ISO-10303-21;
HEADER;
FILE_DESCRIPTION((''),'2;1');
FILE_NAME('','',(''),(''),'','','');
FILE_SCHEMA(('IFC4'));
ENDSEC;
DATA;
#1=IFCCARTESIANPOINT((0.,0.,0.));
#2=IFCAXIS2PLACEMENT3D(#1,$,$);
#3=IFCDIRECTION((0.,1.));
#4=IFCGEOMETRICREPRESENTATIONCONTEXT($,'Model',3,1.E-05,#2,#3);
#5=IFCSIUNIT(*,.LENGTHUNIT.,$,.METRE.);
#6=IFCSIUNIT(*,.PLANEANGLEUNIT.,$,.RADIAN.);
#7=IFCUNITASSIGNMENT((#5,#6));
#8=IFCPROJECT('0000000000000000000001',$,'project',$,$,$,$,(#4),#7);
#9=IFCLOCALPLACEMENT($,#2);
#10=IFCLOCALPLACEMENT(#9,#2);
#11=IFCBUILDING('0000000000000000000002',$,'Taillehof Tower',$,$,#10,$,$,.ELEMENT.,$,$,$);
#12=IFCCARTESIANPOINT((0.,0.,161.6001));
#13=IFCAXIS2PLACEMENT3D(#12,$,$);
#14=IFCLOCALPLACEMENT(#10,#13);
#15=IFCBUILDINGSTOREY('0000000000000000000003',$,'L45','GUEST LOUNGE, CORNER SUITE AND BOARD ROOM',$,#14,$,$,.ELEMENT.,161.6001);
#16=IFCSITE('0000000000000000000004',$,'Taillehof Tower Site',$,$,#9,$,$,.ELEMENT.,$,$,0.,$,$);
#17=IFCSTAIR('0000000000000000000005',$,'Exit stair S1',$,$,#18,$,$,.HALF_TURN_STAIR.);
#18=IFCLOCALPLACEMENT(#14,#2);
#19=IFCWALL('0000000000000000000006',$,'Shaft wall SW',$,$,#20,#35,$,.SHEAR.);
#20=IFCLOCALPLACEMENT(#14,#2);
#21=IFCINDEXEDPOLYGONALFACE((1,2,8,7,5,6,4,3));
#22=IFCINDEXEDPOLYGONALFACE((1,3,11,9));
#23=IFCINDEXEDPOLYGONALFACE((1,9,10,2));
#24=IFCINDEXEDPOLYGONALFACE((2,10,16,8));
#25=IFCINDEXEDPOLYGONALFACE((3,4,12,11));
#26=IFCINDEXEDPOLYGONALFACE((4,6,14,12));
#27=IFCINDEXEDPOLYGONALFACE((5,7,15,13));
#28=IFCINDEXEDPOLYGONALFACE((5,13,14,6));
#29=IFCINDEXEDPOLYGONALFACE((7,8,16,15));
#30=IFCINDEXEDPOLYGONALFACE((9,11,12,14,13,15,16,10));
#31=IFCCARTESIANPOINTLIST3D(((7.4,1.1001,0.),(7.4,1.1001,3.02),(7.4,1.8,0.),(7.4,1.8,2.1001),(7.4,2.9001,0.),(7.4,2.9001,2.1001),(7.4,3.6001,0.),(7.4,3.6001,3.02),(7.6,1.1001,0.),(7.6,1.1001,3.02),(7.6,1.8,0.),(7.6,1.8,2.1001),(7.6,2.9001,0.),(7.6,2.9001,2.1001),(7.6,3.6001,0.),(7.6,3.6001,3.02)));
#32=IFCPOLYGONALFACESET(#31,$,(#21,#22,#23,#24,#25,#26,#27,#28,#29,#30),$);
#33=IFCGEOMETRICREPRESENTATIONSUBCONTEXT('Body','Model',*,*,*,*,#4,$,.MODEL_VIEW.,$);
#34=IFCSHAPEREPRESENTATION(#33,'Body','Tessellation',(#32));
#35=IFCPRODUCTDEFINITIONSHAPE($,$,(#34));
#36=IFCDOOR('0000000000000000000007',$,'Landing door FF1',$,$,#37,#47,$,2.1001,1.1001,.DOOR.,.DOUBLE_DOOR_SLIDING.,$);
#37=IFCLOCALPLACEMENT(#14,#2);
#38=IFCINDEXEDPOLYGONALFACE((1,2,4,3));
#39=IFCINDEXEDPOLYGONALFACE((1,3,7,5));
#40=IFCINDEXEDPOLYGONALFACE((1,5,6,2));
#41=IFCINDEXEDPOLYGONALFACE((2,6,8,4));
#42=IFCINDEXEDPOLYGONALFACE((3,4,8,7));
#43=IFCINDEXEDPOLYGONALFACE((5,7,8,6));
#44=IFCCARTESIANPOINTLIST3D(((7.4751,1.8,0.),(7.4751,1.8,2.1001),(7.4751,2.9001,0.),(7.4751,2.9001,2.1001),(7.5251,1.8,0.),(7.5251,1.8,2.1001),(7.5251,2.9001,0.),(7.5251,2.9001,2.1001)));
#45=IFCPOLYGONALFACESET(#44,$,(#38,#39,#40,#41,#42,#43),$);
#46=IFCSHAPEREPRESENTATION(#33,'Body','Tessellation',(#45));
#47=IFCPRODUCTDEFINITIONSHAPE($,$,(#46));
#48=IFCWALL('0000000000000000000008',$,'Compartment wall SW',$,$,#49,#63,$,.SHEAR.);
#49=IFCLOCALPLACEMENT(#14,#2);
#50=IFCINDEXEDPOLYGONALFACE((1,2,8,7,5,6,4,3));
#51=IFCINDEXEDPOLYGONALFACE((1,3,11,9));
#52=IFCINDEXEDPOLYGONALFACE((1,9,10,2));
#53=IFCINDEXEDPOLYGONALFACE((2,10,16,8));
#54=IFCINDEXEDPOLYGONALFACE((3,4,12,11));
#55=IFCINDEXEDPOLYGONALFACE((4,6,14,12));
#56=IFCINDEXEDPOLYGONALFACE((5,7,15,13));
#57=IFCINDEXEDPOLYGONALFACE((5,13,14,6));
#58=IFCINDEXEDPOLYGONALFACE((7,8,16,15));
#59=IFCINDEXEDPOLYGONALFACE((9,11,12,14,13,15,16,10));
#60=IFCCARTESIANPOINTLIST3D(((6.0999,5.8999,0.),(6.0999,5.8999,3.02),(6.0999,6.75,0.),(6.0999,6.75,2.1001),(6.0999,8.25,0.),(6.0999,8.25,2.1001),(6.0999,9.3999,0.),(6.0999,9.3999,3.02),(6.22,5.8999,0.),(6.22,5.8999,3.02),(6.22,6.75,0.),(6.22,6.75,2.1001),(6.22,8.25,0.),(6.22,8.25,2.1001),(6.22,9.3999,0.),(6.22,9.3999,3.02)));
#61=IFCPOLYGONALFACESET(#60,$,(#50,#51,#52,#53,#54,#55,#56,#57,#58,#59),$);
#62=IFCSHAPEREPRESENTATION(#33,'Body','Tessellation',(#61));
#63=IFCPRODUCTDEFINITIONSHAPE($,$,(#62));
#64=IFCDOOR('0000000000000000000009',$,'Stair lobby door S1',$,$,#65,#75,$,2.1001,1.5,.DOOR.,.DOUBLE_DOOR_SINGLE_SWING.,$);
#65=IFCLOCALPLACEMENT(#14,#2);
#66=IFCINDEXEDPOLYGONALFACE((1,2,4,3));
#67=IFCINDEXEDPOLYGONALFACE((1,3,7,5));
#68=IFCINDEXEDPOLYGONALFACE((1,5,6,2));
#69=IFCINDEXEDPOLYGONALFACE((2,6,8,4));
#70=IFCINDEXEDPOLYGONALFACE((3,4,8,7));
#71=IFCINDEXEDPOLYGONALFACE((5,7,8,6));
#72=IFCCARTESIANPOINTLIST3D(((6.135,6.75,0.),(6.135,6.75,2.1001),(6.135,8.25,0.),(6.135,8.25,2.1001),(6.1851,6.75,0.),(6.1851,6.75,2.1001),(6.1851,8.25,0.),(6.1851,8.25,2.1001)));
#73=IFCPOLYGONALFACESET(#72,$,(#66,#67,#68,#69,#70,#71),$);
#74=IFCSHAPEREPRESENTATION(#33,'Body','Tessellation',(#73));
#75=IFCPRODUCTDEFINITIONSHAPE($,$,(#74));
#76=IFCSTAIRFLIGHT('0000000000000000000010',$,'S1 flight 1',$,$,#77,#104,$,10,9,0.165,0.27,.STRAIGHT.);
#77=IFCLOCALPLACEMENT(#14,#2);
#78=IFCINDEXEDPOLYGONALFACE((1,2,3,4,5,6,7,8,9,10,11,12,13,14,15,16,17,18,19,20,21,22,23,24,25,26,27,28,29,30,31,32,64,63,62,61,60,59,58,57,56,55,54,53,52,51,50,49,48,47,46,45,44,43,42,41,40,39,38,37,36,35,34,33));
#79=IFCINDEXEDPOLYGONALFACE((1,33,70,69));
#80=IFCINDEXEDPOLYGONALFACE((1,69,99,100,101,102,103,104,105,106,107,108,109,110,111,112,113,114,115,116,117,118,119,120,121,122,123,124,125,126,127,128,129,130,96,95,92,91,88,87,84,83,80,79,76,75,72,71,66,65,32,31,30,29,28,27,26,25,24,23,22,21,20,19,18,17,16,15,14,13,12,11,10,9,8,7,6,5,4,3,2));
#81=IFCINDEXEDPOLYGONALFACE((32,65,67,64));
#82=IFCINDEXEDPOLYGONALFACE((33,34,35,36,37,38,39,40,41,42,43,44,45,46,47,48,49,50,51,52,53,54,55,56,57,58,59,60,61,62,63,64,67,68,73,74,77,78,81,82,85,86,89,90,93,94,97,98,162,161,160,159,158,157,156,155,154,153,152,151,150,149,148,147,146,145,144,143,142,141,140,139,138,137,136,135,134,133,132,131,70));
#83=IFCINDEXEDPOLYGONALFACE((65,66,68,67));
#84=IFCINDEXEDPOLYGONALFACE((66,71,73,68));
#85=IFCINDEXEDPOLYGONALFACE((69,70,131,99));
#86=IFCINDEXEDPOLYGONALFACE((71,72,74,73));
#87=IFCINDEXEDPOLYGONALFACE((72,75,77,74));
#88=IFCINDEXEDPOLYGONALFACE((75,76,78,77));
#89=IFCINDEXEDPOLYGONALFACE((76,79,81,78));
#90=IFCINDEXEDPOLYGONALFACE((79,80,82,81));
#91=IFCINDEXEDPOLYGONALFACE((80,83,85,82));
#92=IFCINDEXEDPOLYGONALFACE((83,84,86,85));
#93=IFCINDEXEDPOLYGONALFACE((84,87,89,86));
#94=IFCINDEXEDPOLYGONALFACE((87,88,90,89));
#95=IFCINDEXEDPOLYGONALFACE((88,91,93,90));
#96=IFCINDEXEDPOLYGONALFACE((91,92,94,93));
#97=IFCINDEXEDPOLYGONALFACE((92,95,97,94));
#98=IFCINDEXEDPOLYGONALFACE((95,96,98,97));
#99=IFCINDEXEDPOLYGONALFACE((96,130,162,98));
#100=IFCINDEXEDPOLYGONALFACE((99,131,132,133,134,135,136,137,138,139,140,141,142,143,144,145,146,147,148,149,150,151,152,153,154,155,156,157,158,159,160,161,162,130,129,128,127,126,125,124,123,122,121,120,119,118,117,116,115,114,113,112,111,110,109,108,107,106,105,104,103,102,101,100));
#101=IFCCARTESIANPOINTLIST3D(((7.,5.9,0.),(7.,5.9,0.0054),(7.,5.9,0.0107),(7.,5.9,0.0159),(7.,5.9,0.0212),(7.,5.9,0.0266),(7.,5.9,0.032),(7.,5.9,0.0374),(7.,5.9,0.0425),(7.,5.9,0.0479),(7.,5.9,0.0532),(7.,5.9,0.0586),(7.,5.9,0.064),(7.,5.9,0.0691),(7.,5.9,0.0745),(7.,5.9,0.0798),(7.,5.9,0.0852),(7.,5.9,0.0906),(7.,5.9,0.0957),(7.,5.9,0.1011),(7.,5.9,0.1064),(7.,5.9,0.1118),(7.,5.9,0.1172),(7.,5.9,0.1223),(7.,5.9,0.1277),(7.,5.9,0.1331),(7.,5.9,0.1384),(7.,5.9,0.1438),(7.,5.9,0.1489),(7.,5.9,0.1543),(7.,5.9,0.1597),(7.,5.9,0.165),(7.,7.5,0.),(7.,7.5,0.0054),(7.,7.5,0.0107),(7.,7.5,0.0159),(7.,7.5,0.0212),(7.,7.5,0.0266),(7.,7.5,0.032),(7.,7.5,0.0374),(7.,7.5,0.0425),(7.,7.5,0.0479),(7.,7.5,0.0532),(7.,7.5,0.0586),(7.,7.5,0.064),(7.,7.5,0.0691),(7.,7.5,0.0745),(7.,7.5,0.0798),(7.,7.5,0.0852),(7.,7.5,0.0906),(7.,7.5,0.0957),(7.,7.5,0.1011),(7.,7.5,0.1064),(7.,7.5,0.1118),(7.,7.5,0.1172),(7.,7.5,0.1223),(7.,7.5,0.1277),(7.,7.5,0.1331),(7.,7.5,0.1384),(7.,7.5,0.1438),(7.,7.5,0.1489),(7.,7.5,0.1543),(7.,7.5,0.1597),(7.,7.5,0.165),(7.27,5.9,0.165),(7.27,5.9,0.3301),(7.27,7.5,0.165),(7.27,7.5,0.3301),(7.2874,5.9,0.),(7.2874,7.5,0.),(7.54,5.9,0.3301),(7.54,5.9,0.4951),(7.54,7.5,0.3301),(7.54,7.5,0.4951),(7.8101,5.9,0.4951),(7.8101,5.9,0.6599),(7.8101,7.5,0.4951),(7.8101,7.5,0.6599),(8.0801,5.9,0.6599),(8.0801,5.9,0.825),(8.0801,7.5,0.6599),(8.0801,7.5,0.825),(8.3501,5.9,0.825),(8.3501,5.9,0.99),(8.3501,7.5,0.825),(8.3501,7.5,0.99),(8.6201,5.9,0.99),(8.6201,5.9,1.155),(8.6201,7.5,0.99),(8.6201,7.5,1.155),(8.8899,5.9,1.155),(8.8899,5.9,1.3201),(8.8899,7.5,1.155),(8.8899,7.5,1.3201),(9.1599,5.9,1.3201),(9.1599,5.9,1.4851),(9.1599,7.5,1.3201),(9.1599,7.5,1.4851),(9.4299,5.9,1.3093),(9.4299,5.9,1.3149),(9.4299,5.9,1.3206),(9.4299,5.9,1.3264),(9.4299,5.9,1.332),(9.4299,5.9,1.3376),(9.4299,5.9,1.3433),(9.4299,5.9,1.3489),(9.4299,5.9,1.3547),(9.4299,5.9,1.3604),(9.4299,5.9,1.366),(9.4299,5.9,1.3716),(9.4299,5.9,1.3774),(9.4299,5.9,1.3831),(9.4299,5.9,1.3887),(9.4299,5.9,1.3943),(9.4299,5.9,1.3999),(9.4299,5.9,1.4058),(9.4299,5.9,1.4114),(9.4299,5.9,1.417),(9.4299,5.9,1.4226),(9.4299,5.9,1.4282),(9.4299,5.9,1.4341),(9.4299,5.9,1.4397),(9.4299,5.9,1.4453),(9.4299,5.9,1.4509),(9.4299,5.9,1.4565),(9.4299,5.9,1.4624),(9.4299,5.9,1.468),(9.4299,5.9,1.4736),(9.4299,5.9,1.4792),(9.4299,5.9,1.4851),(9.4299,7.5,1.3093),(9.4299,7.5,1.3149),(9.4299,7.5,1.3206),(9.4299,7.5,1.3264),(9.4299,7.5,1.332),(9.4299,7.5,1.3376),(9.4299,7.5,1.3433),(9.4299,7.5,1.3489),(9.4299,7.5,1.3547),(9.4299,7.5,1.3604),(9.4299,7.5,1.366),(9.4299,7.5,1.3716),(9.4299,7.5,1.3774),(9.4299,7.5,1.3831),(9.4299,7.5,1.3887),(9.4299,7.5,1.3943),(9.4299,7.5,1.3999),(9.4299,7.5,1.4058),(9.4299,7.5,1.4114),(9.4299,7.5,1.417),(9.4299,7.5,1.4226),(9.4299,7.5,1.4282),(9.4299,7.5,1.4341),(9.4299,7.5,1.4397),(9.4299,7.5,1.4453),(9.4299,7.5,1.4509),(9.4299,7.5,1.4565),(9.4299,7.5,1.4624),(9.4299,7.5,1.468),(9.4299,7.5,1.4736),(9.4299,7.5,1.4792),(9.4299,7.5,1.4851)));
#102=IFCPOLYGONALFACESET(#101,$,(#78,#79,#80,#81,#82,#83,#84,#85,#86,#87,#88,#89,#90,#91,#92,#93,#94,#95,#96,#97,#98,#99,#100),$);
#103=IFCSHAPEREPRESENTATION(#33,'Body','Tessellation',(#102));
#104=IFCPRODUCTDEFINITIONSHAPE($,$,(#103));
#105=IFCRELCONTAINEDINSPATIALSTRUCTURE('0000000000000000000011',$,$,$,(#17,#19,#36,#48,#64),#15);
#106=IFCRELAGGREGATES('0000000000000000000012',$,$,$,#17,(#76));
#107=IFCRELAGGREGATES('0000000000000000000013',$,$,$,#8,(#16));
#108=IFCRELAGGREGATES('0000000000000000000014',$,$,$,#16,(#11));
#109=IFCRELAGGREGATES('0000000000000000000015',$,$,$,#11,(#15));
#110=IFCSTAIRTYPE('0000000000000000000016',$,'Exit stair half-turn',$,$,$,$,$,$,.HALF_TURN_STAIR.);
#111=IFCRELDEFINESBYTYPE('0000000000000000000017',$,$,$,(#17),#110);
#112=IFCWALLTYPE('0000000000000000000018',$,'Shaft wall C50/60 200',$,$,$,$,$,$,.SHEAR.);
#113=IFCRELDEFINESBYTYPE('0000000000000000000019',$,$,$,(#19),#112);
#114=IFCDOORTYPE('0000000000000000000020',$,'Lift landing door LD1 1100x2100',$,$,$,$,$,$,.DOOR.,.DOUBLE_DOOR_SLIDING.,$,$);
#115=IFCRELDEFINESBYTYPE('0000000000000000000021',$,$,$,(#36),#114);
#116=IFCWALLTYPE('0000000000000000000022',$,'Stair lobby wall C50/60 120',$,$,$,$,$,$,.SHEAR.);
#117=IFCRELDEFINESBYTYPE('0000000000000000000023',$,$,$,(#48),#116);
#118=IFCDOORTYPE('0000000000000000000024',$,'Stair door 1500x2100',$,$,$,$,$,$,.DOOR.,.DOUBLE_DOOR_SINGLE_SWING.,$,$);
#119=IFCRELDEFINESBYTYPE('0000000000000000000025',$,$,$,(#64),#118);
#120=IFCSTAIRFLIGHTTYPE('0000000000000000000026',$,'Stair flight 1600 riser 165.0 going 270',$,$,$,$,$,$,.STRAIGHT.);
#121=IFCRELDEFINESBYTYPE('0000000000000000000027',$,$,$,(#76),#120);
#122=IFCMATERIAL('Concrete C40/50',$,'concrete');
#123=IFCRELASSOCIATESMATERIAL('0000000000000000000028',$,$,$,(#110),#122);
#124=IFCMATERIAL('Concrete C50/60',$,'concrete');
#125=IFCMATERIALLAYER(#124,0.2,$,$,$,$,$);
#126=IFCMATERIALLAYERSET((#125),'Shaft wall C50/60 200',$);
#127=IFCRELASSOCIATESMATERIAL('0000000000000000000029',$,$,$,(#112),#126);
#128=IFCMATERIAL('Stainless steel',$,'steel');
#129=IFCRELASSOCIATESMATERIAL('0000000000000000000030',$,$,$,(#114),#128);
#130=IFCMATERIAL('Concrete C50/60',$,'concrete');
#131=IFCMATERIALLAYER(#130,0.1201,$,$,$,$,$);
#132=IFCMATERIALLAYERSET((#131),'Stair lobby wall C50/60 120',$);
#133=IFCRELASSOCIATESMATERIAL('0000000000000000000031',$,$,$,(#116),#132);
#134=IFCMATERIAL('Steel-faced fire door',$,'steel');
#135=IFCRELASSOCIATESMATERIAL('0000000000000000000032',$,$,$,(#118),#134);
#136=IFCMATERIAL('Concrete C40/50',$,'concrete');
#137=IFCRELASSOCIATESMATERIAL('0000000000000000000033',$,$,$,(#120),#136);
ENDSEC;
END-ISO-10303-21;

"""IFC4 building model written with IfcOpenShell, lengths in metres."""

from ifc_helpers import new_model, si_unit, direction, frame, frame_2d, origin, place, context, subcontext, project, spatial, polyline, rectangle, outline, extrude, material, layer, layer_set, type_object, element, fill, aggregate, save


model = new_model("IFC4")

# Units and contexts
model_context = context("Model", 3, precision=1e-05, world=origin(), true_north=direction((0.0, 1.0)))
body_context = subcontext(model_context, "Body", "Model", "MODEL_VIEW")
ifc_project = project(units=[si_unit("LENGTHUNIT", "METRE"), si_unit("PLANEANGLEUNIT", "RADIAN")], contexts=[model_context])

# Site, building, storey
site_placement = place(None, origin())
site = spatial("IfcSite", under=ifc_project, at=site_placement, Name="Taillehof Tower Site", CompositionType="ELEMENT", RefElevation=0.0)
building_placement = place(site_placement, origin())
building = spatial("IfcBuilding", under=site, at=building_placement, Name="Taillehof Tower", CompositionType="ELEMENT")
storey_placement = place(building_placement, frame((0.0, 0.0, 161.6001)))
storey = spatial("IfcBuildingStorey", under=building, at=storey_placement, Name="L45", Description="GUEST LOUNGE, CORNER SUITE AND BOARD ROOM", CompositionType="ELEMENT", Elevation=161.6001)

# Stair
ifc_material_1 = material(Name="Concrete C40/50", Category="concrete")
stair_type = type_object("IfcStairType", Name="Exit stair half-turn", PredefinedType="HALF_TURN_STAIR", material=ifc_material_1)
stair_1_placement = place(storey_placement, origin())
stair_1 = element("IfcStair", 1, at=stair_1_placement, inside=storey, type_object=stair_type, Name="Exit stair S1", PredefinedType="HALF_TURN_STAIR")

# Shared definitions
ifc_material_2 = material(Name="Concrete C50/60", Category="concrete")
ifc_layer_1 = layer(ifc_material_2, 0.2)
ifc_layer_set_1 = layer_set([ifc_layer_1], Name="Shaft wall C50/60 200")
wall_type_1 = type_object("IfcWallType", Name="Shaft wall C50/60 200", PredefinedType="SHEAR", material=ifc_layer_set_1)
ifc_material_3 = material(Name="Stainless steel", Category="steel")
door_type_1 = type_object("IfcDoorType", Name="Lift landing door LD1 1100x2100", OperationType="DOUBLE_DOOR_SLIDING", PredefinedType="DOOR", material=ifc_material_3)

# Walls, openings, doors
wall_1_placement = place(storey_placement, frame((7.5, 1.1001, 0.0), z_axis=(0.0, 0.0, 1.0), x_axis=(0.0, 1.0, 0.0)))
wall_1 = element("IfcWall", 2, at=wall_1_placement, inside=storey, type_object=wall_type_1, Name="Shaft wall SW", PredefinedType="SHEAR", context=body_context, shape_type="SweptSolid", body=[
    extrude(rectangle(XDim=2.5, YDim=0.2, at=frame_2d((1.25, 0.0))), origin(), (0.0, 0.0, 1.0), 3.02),
])
opening_1_placement = place(wall_1_placement, frame((0.7, 0.0, 0.0)))
opening_1 = element("IfcOpeningElement", 3, at=opening_1_placement, cuts=wall_1, PredefinedType="OPENING", context=body_context, shape_type="SweptSolid", body=[
    extrude(rectangle(XDim=1.1001, YDim=2.1001, at=frame_2d((0.55, 1.05))), frame((0.0, 0.1099, 0.0), z_axis=(0.0, -1.0, 0.0), x_axis=(1.0, 0.0, 0.0)), (0.0, 0.0, 1.0), 0.22),
])
door_1_placement = place(opening_1_placement, origin())
door_1 = element("IfcDoor", 4, at=door_1_placement, inside=storey, type_object=door_type_1, Name="Landing door FF1", OperationType="DOUBLE_DOOR_SLIDING", OverallHeight=2.1001, OverallWidth=1.1001, PredefinedType="DOOR", context=body_context, shape_type="SweptSolid", body=[
    extrude(rectangle(XDim=1.1001, YDim=2.1001, at=frame_2d((0.55, 1.05))), frame((0.0, 0.0249, 0.0), z_axis=(0.0, -1.0, 0.0), x_axis=(1.0, 0.0, 0.0)), (0.0, 0.0, 1.0), 0.05),
])
fill(opening_1, door_1)
ifc_material_4 = material(Name="Concrete C50/60", Category="concrete")
ifc_layer_2 = layer(ifc_material_4, 0.1201)
ifc_layer_set_2 = layer_set([ifc_layer_2], Name="Stair lobby wall C50/60 120")
wall_type_2 = type_object("IfcWallType", Name="Stair lobby wall C50/60 120", PredefinedType="SHEAR", material=ifc_layer_set_2)
wall_2_placement = place(storey_placement, frame((6.1599, 5.8999, 0.0), z_axis=(0.0, 0.0, 1.0), x_axis=(0.0, 1.0, 0.0)))
wall_2 = element("IfcWall", 5, at=wall_2_placement, inside=storey, type_object=wall_type_2, Name="Compartment wall SW", PredefinedType="SHEAR", context=body_context, shape_type="SweptSolid", body=[
    extrude(rectangle(XDim=3.5, YDim=0.1201, at=frame_2d((1.75, 0.0))), origin(), (0.0, 0.0, 1.0), 3.02),
])
opening_2_placement = place(wall_2_placement, frame((0.8501, 0.0, 0.0)))
opening_2 = element("IfcOpeningElement", 6, at=opening_2_placement, cuts=wall_2, PredefinedType="OPENING", context=body_context, shape_type="SweptSolid", body=[
    extrude(rectangle(XDim=1.5, YDim=2.1001, at=frame_2d((0.75, 1.05))), frame((0.0, 0.0701, 0.0), z_axis=(0.0, -1.0, 0.0), x_axis=(1.0, 0.0, 0.0)), (0.0, 0.0, 1.0), 0.1401),
])
ifc_material_5 = material(Name="Steel-faced fire door", Category="steel")
door_type_2 = type_object("IfcDoorType", Name="Stair door 1500x2100", OperationType="DOUBLE_DOOR_SINGLE_SWING", PredefinedType="DOOR", material=ifc_material_5)
door_2_placement = place(opening_2_placement, origin())
door_2 = element("IfcDoor", 7, at=door_2_placement, inside=storey, type_object=door_type_2, Name="Stair lobby door S1", OperationType="DOUBLE_DOOR_SINGLE_SWING", OverallHeight=2.1001, OverallWidth=1.5, PredefinedType="DOOR", context=body_context, shape_type="SweptSolid", body=[
    extrude(rectangle(XDim=1.5, YDim=2.1001, at=frame_2d((0.75, 1.05))), frame((0.0, 0.0249, 0.0), z_axis=(0.0, -1.0, 0.0), x_axis=(1.0, 0.0, 0.0)), (0.0, 0.0, 1.0), 0.05),
])
fill(opening_2, door_2)

# Stair flight
ifc_material_6 = material(Name="Concrete C40/50", Category="concrete")
stair_flight_type = type_object("IfcStairFlightType", Name="Stair flight 1600 riser 165.0 going 270", PredefinedType="STRAIGHT", material=ifc_material_6)
stair_flight_placement = place(storey_placement, frame((7.0, 6.7, 0.0), z_axis=(0.0, 0.0, 1.0), x_axis=(1.0, 0.0, 0.0)))
stair_flight = element("IfcStairFlight", 8, at=stair_flight_placement, type_object=stair_flight_type, Name="S1 flight 1", NumberOfRisers=10, NumberOfTreads=9, PredefinedType="STRAIGHT", RiserHeight=0.165, TreadLength=0.27, context=body_context, shape_type="SweptSolid", body=[
    extrude(outline(polyline([(0.0, 0.0), (0.0, 0.0054), (0.0, 0.0107), (0.0, 0.0159), (0.0, 0.0212), (0.0, 0.0266), (0.0, 0.032), (0.0, 0.0374), (0.0, 0.0425), (0.0, 0.0479), (0.0, 0.0532), (0.0, 0.0586), (0.0, 0.064), (0.0, 0.0691), (0.0, 0.0745), (0.0, 0.0798), (0.0, 0.0852), (0.0, 0.0906), (0.0, 0.0957), (0.0, 0.1011), (0.0, 0.1064), (0.0, 0.1118), (0.0, 0.1172), (0.0, 0.1223), (0.0, 0.1277), (0.0, 0.1331), (0.0, 0.1384), (0.0, 0.1438), (0.0, 0.1489), (0.0, 0.1543), (0.0, 0.1597), (0.0, 0.165), (0.27, 0.165), (0.27, 0.3301), (0.54, 0.3301), (0.54, 0.4951), (0.8101, 0.4951), (0.8101, 0.6599), (1.0801, 0.6599), (1.0801, 0.825), (1.3501, 0.825), (1.3501, 0.99), (1.6201, 0.99), (1.6201, 1.155), (1.8899, 1.155), (1.8899, 1.3201), (2.1599, 1.3201), (2.1599, 1.4851), (2.4299, 1.4851), (2.4299, 1.4792), (2.4299, 1.4736), (2.4299, 1.468), (2.4299, 1.4624), (2.4299, 1.4565), (2.4299, 1.4509), (2.4299, 1.4453), (2.4299, 1.4397), (2.4299, 1.4341), (2.4299, 1.4282), (2.4299, 1.4226), (2.4299, 1.417), (2.4299, 1.4114), (2.4299, 1.4058), (2.4299, 1.3999), (2.4299, 1.3943), (2.4299, 1.3887), (2.4299, 1.3831), (2.4299, 1.3774), (2.4299, 1.3716), (2.4299, 1.366), (2.4299, 1.3604), (2.4299, 1.3547), (2.4299, 1.3489), (2.4299, 1.3433), (2.4299, 1.3376), (2.4299, 1.332), (2.4299, 1.3264), (2.4299, 1.3206), (2.4299, 1.3149), (2.4299, 1.3093), (0.2874, 0.0), (0.0, 0.0)])), frame((0.0, 0.8, 0.0), z_axis=(0.0, -1.0, 0.0), x_axis=(1.0, 0.0, 0.0)), (0.0, 0.0, 1.0), 1.6),
])
aggregate(stair_1, [stair_flight])

save(model, "model.ifc")
